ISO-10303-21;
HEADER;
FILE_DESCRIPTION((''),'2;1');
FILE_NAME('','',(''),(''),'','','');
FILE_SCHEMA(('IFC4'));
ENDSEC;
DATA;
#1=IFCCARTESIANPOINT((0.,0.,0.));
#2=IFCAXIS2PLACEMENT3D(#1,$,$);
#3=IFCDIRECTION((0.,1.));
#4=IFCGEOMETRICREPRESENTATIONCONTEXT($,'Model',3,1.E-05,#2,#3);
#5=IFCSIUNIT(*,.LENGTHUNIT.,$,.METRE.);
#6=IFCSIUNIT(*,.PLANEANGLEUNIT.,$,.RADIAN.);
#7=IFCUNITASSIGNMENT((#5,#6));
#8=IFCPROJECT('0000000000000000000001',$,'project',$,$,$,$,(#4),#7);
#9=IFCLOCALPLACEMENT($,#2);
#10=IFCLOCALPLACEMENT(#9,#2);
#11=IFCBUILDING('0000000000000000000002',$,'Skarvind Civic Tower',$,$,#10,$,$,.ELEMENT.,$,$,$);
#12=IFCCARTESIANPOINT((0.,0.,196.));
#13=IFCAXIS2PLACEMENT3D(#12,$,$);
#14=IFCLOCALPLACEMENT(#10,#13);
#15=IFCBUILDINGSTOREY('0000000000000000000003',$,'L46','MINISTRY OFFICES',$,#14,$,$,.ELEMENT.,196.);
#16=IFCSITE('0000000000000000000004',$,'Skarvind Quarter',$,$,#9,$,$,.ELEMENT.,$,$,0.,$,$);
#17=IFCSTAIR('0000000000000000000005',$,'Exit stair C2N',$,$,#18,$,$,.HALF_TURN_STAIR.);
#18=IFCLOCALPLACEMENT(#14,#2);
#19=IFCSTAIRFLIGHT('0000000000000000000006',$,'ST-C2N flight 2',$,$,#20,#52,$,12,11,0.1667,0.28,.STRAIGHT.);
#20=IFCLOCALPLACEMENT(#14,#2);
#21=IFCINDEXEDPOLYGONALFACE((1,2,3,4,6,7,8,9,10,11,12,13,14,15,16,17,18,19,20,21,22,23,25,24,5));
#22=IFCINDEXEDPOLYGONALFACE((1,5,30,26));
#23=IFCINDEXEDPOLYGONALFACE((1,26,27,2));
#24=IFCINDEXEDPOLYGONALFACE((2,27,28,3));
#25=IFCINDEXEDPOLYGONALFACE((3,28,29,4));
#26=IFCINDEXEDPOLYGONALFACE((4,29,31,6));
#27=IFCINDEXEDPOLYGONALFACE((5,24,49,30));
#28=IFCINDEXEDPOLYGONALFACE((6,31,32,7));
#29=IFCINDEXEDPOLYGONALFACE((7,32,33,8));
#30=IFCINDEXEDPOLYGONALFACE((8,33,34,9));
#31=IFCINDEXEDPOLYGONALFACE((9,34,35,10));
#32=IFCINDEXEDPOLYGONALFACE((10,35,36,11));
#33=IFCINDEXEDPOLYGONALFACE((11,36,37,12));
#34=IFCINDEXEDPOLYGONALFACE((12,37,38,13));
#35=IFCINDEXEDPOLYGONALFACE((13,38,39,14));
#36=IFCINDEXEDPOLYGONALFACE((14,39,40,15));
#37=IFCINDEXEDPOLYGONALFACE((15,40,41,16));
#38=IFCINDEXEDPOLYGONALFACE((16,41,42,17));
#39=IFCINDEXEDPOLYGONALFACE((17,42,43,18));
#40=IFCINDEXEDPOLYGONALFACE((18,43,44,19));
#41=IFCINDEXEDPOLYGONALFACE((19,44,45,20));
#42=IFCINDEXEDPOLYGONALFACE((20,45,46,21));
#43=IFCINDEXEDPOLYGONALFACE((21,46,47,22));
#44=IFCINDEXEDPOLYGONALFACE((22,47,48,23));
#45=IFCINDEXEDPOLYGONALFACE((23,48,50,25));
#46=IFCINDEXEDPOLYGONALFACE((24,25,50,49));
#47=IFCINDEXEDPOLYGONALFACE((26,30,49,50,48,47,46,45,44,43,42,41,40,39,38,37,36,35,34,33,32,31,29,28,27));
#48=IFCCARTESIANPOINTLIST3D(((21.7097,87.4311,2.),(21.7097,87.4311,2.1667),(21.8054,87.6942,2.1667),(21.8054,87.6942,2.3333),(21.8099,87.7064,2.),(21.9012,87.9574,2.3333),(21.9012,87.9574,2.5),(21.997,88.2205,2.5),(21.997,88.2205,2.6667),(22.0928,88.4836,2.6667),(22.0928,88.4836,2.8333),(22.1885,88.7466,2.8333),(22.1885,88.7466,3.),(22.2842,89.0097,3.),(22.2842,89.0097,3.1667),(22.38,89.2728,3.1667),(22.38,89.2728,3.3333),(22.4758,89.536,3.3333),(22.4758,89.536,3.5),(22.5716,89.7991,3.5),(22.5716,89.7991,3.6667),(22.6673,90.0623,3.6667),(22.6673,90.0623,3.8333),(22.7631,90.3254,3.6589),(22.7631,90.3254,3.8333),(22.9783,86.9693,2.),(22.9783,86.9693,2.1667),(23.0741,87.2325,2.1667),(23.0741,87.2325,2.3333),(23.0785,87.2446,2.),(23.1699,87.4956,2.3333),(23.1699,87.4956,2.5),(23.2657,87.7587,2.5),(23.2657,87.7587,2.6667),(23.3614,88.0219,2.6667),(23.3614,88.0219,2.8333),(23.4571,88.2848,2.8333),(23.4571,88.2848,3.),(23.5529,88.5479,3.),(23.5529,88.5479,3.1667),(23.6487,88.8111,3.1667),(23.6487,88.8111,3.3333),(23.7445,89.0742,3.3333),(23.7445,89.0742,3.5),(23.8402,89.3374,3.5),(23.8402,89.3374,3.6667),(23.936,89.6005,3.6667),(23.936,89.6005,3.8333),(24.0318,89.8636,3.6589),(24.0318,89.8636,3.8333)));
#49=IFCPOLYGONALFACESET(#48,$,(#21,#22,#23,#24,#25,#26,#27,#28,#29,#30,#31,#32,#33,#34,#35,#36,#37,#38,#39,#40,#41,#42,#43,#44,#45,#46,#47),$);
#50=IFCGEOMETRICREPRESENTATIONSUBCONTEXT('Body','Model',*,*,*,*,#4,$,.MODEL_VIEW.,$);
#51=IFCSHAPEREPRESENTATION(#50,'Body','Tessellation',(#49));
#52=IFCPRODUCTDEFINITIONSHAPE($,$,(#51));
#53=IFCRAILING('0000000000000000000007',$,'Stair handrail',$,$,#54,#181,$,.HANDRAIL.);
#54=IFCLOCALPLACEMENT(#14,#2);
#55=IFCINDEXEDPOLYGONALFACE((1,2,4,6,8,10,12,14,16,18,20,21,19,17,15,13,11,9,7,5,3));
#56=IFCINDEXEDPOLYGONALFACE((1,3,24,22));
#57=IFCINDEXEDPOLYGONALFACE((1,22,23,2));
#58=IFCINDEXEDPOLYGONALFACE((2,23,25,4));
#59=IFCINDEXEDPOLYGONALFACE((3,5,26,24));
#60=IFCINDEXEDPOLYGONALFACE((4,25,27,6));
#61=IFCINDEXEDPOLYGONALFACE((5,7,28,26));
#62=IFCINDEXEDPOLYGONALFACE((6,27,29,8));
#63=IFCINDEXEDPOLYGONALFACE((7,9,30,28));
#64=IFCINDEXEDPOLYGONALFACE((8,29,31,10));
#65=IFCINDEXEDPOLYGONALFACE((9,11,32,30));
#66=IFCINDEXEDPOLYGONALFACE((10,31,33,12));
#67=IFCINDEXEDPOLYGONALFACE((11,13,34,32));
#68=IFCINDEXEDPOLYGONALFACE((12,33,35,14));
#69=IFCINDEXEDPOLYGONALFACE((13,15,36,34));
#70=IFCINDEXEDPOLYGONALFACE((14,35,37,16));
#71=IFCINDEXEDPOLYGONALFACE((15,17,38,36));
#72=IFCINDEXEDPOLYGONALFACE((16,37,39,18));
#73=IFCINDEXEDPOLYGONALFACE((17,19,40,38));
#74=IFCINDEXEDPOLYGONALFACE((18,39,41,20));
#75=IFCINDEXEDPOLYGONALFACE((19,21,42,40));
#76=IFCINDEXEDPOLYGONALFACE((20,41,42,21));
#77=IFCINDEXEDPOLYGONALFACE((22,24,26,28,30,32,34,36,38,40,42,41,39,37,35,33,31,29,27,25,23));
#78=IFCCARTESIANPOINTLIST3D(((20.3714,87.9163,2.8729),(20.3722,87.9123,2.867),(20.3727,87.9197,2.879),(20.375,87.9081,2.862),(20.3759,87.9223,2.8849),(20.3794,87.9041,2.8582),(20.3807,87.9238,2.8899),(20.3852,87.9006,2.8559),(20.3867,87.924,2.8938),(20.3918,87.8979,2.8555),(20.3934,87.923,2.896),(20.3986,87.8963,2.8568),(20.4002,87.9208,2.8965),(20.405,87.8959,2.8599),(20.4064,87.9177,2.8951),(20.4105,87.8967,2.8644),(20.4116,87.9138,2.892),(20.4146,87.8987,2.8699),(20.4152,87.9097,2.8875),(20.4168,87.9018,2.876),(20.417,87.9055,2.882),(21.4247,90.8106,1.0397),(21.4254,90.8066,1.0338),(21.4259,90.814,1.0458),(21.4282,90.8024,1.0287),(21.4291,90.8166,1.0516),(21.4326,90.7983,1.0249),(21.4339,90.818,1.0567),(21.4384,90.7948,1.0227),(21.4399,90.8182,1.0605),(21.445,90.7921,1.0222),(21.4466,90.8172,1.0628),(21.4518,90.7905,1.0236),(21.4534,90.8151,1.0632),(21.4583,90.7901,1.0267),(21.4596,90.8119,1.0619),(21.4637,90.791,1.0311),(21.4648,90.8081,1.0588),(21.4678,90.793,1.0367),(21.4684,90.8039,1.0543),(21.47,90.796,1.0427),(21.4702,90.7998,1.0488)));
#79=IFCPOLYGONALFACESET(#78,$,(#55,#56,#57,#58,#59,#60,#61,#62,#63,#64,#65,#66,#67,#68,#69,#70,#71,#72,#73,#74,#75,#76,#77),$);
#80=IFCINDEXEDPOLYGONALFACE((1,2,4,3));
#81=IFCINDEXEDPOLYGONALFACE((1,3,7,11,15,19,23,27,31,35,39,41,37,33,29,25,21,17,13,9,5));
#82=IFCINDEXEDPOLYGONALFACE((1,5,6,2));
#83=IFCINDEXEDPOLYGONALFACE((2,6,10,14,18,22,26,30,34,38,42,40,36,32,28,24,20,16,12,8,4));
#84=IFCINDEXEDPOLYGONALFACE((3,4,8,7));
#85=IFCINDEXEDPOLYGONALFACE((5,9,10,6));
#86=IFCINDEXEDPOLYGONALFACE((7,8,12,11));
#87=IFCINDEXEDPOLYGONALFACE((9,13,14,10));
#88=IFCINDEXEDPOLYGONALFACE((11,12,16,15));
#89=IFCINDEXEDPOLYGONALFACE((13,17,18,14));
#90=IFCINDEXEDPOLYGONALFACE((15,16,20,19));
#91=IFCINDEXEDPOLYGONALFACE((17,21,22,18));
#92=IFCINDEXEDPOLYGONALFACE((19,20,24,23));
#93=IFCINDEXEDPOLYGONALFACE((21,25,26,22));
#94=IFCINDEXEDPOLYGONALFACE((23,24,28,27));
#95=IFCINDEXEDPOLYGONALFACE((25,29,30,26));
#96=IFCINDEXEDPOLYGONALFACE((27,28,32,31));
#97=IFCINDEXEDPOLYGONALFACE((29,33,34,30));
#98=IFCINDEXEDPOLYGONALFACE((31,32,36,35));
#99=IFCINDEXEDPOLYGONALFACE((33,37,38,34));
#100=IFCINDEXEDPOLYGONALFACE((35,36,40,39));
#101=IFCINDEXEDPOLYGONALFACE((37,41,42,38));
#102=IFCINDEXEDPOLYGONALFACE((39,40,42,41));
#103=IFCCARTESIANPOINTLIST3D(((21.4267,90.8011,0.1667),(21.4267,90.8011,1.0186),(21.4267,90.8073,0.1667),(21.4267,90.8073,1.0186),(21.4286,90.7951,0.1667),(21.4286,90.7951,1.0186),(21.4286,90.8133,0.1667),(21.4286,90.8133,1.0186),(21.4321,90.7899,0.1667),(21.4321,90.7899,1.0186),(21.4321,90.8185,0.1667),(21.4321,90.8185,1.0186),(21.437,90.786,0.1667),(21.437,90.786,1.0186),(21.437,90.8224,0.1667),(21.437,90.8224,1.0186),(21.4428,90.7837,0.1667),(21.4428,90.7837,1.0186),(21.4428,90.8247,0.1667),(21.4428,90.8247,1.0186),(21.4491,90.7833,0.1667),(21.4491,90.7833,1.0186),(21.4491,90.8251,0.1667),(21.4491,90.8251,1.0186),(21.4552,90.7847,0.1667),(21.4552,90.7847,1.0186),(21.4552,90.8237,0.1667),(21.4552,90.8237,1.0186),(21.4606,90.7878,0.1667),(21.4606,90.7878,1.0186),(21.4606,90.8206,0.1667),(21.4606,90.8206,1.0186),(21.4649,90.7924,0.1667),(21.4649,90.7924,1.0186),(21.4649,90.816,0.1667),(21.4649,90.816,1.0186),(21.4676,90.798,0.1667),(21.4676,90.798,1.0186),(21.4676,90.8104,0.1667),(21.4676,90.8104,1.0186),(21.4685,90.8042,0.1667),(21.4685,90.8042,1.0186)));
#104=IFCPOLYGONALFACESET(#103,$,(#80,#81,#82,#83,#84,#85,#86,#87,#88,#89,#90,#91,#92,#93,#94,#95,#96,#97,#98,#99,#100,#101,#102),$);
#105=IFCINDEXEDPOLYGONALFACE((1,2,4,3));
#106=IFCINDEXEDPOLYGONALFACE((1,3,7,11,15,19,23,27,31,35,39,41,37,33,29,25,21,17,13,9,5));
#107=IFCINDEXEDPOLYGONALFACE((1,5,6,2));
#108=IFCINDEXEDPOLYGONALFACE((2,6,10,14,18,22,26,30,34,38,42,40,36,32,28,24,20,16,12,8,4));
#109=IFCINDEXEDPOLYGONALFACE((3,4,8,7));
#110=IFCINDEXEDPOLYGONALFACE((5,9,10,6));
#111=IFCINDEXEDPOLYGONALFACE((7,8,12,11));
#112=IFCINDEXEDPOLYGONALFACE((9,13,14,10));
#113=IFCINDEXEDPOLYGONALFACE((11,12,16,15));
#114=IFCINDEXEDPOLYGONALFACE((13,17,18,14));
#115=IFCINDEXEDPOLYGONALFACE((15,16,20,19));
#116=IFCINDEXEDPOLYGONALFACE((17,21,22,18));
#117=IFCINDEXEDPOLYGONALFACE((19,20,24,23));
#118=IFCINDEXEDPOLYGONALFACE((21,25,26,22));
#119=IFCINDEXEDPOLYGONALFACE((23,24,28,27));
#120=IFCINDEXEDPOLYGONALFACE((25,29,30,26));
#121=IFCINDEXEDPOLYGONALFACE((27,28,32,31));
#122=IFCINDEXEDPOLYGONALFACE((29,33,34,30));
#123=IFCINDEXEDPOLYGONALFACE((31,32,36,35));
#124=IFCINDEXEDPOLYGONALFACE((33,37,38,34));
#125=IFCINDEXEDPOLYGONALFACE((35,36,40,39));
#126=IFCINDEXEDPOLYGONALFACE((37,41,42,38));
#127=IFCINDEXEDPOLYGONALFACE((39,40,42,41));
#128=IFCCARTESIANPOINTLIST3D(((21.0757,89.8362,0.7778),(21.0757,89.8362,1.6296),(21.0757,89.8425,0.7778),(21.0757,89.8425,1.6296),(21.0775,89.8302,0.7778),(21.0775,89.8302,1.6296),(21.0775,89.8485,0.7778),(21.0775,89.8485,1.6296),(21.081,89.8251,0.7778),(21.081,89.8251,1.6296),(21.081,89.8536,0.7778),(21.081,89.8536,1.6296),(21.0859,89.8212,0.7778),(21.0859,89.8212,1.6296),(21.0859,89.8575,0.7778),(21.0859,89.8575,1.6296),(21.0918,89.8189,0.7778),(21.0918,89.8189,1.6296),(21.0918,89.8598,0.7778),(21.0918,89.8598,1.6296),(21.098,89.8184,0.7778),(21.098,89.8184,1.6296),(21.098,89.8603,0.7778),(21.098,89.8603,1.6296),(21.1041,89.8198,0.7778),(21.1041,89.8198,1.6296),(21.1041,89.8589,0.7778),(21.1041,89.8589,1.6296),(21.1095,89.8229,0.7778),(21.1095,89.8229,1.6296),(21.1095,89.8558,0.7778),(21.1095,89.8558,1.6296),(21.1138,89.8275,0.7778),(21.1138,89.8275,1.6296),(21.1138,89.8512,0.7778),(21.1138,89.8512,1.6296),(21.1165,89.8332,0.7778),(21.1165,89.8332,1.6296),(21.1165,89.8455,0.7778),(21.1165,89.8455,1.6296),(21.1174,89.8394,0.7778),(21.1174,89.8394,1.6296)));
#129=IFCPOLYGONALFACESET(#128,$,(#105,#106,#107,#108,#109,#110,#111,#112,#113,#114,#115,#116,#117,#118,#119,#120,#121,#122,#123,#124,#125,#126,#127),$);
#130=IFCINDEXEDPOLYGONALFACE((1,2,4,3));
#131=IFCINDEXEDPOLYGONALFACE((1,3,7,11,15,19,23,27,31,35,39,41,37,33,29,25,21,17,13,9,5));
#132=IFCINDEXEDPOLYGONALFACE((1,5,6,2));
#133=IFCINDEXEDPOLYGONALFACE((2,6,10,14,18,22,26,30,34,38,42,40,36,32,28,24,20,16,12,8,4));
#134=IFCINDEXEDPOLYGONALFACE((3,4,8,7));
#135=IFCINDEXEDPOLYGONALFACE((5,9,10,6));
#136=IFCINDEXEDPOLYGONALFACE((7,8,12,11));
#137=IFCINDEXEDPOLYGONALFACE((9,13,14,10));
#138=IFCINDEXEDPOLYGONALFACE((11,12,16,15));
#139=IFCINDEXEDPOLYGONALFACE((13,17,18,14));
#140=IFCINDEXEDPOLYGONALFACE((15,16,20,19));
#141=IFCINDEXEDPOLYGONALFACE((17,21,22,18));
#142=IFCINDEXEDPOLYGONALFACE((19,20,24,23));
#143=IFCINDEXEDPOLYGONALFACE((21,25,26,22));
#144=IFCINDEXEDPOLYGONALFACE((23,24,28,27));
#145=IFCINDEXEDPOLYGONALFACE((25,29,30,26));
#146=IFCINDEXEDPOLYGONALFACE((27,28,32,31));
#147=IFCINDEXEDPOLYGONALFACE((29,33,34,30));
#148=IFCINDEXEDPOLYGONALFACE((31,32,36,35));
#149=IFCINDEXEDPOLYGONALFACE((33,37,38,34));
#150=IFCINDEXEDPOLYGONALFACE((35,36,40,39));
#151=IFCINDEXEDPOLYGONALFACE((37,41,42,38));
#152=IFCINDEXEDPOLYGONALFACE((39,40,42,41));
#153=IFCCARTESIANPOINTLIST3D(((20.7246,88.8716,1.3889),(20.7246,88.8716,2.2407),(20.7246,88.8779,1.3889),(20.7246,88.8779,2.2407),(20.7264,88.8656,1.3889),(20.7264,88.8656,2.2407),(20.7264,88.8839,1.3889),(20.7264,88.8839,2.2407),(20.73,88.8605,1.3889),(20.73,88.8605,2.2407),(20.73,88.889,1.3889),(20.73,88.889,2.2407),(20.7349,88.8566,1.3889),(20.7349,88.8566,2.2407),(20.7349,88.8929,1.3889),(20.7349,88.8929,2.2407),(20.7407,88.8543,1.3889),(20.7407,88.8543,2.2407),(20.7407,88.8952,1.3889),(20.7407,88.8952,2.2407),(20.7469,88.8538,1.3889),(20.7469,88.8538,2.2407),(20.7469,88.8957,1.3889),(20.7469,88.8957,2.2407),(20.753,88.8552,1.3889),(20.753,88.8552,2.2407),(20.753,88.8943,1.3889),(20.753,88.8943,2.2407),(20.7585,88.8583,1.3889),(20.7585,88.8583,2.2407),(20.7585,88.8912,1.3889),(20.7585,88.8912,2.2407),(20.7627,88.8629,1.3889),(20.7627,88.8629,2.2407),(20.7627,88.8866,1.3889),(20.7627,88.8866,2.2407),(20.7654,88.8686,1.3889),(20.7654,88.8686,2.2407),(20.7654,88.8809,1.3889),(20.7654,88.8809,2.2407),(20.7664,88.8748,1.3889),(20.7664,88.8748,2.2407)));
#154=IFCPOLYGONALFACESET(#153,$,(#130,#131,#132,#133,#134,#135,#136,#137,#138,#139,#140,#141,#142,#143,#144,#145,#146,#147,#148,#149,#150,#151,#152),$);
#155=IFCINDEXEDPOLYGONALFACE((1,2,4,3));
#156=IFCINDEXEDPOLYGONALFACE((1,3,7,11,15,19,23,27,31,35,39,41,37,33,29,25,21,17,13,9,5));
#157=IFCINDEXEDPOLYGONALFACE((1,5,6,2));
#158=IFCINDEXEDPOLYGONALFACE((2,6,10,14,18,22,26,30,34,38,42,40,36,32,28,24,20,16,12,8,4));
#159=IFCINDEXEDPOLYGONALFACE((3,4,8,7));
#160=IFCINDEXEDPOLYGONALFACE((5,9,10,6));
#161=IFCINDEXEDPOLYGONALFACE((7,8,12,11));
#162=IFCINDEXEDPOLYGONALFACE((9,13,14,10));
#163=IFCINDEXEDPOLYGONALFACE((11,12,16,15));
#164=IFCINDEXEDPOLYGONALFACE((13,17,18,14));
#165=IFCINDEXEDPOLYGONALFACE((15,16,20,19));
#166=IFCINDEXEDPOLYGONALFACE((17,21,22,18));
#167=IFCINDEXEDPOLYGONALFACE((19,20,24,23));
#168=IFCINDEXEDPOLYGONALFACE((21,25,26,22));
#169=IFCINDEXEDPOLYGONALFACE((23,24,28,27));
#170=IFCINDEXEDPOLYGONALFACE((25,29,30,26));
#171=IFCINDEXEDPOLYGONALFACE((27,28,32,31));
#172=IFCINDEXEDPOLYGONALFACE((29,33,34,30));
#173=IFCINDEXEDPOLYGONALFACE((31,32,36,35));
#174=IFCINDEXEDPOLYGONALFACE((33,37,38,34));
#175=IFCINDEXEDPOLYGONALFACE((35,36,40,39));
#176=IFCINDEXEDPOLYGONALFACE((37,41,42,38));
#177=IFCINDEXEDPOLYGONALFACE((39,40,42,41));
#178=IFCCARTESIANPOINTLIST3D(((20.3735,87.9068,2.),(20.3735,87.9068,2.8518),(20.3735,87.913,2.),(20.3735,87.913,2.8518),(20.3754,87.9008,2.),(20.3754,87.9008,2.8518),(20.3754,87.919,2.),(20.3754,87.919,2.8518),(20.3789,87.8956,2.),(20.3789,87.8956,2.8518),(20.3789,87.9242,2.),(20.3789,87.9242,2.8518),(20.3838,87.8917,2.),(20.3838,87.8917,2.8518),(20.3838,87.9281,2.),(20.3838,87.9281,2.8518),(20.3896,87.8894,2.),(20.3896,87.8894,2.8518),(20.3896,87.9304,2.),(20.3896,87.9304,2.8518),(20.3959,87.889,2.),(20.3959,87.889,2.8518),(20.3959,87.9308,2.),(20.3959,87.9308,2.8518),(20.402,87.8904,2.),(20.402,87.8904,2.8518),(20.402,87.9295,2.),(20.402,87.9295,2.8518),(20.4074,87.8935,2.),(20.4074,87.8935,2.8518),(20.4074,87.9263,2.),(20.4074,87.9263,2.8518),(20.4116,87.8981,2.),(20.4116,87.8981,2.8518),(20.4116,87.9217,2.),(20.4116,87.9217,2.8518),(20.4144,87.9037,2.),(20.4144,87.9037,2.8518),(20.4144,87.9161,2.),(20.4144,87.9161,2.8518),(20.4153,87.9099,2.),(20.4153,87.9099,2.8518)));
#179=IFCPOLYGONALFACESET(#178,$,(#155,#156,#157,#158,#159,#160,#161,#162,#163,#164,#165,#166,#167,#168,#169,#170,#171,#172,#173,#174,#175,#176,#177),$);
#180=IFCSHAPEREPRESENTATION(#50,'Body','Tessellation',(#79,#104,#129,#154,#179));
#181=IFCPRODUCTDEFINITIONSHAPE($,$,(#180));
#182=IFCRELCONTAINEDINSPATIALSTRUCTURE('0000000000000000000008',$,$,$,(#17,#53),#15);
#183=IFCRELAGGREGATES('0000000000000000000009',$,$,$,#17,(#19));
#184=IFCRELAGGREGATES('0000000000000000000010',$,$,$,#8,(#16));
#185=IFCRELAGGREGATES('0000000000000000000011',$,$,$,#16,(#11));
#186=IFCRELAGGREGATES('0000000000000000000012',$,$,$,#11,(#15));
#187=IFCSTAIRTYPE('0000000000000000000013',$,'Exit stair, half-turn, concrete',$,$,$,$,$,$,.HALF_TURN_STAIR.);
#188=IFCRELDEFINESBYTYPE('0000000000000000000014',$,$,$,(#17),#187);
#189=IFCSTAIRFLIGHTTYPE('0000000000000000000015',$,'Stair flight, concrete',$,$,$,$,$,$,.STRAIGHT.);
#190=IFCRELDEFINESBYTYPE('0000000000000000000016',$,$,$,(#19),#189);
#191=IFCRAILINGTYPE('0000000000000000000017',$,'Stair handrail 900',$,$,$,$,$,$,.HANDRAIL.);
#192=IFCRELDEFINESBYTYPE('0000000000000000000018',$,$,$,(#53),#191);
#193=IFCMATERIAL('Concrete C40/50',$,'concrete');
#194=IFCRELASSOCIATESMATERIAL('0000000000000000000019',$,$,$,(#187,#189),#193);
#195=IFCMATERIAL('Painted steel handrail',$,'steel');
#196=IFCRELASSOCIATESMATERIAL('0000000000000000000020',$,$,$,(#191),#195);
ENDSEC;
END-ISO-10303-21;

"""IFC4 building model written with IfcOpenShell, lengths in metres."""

from ifc_helpers import new_model, si_unit, direction, frame, origin, origin_2d, place, context, subcontext, project, spatial, polyline, circle, outline, extrude, material, type_object, element, aggregate, save


model = new_model("IFC4")

# Units and contexts
model_context = context("Model", 3, precision=1e-05, world=origin(), true_north=direction((0.0, 1.0)))
body_context = subcontext(model_context, "Body", "Model", "MODEL_VIEW")
ifc_project = project(units=[si_unit("LENGTHUNIT", "METRE"), si_unit("PLANEANGLEUNIT", "RADIAN")], contexts=[model_context])

# Site, building, storey
site_placement = place(None, origin())
site = spatial("IfcSite", under=ifc_project, at=site_placement, Name="Skarvind Quarter", CompositionType="ELEMENT", RefElevation=0.0)
building_placement = place(site_placement, origin())
building = spatial("IfcBuilding", under=site, at=building_placement, Name="Skarvind Civic Tower", CompositionType="ELEMENT")
storey_placement = place(building_placement, frame((0.0, 0.0, 196.0)))
storey = spatial("IfcBuildingStorey", under=building, at=storey_placement, Name="L46", Description="MINISTRY OFFICES", CompositionType="ELEMENT", Elevation=196.0)

# Stair, stair flight
ifc_material_1 = material(Name="Concrete C40/50", Category="concrete")
stair_type = type_object("IfcStairType", Name="Exit stair, half-turn, concrete", PredefinedType="HALF_TURN_STAIR", material=ifc_material_1)
stair_placement = place(storey_placement, origin())
stair = element("IfcStair", 1, at=stair_placement, inside=storey, type_object=stair_type, Name="Exit stair C2N", PredefinedType="HALF_TURN_STAIR")
stair_flight_type = type_object("IfcStairFlightType", Name="Stair flight, concrete", PredefinedType="STRAIGHT", material=ifc_material_1)
stair_flight_1_placement = place(storey_placement, frame((22.344, 87.2002, 2.0), z_axis=(0.0, 0.0, 1.0), x_axis=(0.34202, 0.939693, 0.0)))
stair_flight_1 = element("IfcStairFlight", 2, at=stair_flight_1_placement, type_object=stair_flight_type, Name="ST-C2N flight 2", NumberOfRisers=12, NumberOfTreads=11, PredefinedType="STRAIGHT", RiserHeight=0.1667, TreadLength=0.28, context=body_context, shape_type="SweptSolid", body=[
    extrude(outline(polyline([(0.0, 0.0), (0.0, 0.1667), (0.28, 0.1667), (0.28, 0.3333), (0.5601, 0.3333), (0.5601, 0.5), (0.8401, 0.5), (0.8401, 0.6667), (1.1201, 0.6667), (1.1201, 0.8333), (1.3999, 0.8333), (1.3999, 1.0), (1.6799, 1.0), (1.6799, 1.1667), (1.96, 1.1667), (1.96, 1.3333), (2.24, 1.3333), (2.24, 1.5), (2.52, 1.5), (2.52, 1.6667), (2.8, 1.6667), (2.8, 1.8333), (3.0801, 1.8333), (3.0801, 2.0), (3.0801, 1.6589), (0.293, 0.0), (0.0, 0.0)])), frame((0.0, 0.675, 0.0), z_axis=(0.0, -1.0, 0.0), x_axis=(1.0, 0.0, 0.0)), (0.0, 0.0, 1.0), 1.3501),
])
aggregate(stair, [stair_flight_1])

# Railing
ifc_material_2 = material(Name="Painted steel handrail", Category="steel")
railing_type = type_object("IfcRailingType", Name="Stair handrail 900", PredefinedType="HANDRAIL", material=ifc_material_2)
railing_1_placement = place(storey_placement, frame((21.4475, 90.8042, 0.1667)))
element("IfcRailing", 3, at=railing_1_placement, inside=storey, type_object=railing_type, Name="Stair handrail", PredefinedType="HANDRAIL", context=body_context, shape_type="SweptSolid", body=[
    extrude(circle(Radius=0.0239, at=origin_2d()), frame((0.0, 0.0, 0.876), z_axis=(-0.293846, -0.807497, 0.511472), x_axis=(0.939715, -0.341959, 0.0)), (0.0, 0.0, 1.0), 3.5842),
    extrude(circle(Radius=0.021, at=origin_2d()), origin(), (0.0, 0.0, 1.0), 0.8518),
    extrude(circle(Radius=0.021, at=origin_2d()), frame((-0.3511, -0.9648, 0.6111)), (0.0, 0.0, 1.0), 0.8518),
    extrude(circle(Radius=0.021, at=origin_2d()), frame((-0.7021, -1.9294, 1.2222)), (0.0, 0.0, 1.0), 0.8518),
    extrude(circle(Radius=0.021, at=origin_2d()), frame((-1.0532, -2.8943, 1.8333)), (0.0, 0.0, 1.0), 0.8518),
])

save(model, "model.ifc")
